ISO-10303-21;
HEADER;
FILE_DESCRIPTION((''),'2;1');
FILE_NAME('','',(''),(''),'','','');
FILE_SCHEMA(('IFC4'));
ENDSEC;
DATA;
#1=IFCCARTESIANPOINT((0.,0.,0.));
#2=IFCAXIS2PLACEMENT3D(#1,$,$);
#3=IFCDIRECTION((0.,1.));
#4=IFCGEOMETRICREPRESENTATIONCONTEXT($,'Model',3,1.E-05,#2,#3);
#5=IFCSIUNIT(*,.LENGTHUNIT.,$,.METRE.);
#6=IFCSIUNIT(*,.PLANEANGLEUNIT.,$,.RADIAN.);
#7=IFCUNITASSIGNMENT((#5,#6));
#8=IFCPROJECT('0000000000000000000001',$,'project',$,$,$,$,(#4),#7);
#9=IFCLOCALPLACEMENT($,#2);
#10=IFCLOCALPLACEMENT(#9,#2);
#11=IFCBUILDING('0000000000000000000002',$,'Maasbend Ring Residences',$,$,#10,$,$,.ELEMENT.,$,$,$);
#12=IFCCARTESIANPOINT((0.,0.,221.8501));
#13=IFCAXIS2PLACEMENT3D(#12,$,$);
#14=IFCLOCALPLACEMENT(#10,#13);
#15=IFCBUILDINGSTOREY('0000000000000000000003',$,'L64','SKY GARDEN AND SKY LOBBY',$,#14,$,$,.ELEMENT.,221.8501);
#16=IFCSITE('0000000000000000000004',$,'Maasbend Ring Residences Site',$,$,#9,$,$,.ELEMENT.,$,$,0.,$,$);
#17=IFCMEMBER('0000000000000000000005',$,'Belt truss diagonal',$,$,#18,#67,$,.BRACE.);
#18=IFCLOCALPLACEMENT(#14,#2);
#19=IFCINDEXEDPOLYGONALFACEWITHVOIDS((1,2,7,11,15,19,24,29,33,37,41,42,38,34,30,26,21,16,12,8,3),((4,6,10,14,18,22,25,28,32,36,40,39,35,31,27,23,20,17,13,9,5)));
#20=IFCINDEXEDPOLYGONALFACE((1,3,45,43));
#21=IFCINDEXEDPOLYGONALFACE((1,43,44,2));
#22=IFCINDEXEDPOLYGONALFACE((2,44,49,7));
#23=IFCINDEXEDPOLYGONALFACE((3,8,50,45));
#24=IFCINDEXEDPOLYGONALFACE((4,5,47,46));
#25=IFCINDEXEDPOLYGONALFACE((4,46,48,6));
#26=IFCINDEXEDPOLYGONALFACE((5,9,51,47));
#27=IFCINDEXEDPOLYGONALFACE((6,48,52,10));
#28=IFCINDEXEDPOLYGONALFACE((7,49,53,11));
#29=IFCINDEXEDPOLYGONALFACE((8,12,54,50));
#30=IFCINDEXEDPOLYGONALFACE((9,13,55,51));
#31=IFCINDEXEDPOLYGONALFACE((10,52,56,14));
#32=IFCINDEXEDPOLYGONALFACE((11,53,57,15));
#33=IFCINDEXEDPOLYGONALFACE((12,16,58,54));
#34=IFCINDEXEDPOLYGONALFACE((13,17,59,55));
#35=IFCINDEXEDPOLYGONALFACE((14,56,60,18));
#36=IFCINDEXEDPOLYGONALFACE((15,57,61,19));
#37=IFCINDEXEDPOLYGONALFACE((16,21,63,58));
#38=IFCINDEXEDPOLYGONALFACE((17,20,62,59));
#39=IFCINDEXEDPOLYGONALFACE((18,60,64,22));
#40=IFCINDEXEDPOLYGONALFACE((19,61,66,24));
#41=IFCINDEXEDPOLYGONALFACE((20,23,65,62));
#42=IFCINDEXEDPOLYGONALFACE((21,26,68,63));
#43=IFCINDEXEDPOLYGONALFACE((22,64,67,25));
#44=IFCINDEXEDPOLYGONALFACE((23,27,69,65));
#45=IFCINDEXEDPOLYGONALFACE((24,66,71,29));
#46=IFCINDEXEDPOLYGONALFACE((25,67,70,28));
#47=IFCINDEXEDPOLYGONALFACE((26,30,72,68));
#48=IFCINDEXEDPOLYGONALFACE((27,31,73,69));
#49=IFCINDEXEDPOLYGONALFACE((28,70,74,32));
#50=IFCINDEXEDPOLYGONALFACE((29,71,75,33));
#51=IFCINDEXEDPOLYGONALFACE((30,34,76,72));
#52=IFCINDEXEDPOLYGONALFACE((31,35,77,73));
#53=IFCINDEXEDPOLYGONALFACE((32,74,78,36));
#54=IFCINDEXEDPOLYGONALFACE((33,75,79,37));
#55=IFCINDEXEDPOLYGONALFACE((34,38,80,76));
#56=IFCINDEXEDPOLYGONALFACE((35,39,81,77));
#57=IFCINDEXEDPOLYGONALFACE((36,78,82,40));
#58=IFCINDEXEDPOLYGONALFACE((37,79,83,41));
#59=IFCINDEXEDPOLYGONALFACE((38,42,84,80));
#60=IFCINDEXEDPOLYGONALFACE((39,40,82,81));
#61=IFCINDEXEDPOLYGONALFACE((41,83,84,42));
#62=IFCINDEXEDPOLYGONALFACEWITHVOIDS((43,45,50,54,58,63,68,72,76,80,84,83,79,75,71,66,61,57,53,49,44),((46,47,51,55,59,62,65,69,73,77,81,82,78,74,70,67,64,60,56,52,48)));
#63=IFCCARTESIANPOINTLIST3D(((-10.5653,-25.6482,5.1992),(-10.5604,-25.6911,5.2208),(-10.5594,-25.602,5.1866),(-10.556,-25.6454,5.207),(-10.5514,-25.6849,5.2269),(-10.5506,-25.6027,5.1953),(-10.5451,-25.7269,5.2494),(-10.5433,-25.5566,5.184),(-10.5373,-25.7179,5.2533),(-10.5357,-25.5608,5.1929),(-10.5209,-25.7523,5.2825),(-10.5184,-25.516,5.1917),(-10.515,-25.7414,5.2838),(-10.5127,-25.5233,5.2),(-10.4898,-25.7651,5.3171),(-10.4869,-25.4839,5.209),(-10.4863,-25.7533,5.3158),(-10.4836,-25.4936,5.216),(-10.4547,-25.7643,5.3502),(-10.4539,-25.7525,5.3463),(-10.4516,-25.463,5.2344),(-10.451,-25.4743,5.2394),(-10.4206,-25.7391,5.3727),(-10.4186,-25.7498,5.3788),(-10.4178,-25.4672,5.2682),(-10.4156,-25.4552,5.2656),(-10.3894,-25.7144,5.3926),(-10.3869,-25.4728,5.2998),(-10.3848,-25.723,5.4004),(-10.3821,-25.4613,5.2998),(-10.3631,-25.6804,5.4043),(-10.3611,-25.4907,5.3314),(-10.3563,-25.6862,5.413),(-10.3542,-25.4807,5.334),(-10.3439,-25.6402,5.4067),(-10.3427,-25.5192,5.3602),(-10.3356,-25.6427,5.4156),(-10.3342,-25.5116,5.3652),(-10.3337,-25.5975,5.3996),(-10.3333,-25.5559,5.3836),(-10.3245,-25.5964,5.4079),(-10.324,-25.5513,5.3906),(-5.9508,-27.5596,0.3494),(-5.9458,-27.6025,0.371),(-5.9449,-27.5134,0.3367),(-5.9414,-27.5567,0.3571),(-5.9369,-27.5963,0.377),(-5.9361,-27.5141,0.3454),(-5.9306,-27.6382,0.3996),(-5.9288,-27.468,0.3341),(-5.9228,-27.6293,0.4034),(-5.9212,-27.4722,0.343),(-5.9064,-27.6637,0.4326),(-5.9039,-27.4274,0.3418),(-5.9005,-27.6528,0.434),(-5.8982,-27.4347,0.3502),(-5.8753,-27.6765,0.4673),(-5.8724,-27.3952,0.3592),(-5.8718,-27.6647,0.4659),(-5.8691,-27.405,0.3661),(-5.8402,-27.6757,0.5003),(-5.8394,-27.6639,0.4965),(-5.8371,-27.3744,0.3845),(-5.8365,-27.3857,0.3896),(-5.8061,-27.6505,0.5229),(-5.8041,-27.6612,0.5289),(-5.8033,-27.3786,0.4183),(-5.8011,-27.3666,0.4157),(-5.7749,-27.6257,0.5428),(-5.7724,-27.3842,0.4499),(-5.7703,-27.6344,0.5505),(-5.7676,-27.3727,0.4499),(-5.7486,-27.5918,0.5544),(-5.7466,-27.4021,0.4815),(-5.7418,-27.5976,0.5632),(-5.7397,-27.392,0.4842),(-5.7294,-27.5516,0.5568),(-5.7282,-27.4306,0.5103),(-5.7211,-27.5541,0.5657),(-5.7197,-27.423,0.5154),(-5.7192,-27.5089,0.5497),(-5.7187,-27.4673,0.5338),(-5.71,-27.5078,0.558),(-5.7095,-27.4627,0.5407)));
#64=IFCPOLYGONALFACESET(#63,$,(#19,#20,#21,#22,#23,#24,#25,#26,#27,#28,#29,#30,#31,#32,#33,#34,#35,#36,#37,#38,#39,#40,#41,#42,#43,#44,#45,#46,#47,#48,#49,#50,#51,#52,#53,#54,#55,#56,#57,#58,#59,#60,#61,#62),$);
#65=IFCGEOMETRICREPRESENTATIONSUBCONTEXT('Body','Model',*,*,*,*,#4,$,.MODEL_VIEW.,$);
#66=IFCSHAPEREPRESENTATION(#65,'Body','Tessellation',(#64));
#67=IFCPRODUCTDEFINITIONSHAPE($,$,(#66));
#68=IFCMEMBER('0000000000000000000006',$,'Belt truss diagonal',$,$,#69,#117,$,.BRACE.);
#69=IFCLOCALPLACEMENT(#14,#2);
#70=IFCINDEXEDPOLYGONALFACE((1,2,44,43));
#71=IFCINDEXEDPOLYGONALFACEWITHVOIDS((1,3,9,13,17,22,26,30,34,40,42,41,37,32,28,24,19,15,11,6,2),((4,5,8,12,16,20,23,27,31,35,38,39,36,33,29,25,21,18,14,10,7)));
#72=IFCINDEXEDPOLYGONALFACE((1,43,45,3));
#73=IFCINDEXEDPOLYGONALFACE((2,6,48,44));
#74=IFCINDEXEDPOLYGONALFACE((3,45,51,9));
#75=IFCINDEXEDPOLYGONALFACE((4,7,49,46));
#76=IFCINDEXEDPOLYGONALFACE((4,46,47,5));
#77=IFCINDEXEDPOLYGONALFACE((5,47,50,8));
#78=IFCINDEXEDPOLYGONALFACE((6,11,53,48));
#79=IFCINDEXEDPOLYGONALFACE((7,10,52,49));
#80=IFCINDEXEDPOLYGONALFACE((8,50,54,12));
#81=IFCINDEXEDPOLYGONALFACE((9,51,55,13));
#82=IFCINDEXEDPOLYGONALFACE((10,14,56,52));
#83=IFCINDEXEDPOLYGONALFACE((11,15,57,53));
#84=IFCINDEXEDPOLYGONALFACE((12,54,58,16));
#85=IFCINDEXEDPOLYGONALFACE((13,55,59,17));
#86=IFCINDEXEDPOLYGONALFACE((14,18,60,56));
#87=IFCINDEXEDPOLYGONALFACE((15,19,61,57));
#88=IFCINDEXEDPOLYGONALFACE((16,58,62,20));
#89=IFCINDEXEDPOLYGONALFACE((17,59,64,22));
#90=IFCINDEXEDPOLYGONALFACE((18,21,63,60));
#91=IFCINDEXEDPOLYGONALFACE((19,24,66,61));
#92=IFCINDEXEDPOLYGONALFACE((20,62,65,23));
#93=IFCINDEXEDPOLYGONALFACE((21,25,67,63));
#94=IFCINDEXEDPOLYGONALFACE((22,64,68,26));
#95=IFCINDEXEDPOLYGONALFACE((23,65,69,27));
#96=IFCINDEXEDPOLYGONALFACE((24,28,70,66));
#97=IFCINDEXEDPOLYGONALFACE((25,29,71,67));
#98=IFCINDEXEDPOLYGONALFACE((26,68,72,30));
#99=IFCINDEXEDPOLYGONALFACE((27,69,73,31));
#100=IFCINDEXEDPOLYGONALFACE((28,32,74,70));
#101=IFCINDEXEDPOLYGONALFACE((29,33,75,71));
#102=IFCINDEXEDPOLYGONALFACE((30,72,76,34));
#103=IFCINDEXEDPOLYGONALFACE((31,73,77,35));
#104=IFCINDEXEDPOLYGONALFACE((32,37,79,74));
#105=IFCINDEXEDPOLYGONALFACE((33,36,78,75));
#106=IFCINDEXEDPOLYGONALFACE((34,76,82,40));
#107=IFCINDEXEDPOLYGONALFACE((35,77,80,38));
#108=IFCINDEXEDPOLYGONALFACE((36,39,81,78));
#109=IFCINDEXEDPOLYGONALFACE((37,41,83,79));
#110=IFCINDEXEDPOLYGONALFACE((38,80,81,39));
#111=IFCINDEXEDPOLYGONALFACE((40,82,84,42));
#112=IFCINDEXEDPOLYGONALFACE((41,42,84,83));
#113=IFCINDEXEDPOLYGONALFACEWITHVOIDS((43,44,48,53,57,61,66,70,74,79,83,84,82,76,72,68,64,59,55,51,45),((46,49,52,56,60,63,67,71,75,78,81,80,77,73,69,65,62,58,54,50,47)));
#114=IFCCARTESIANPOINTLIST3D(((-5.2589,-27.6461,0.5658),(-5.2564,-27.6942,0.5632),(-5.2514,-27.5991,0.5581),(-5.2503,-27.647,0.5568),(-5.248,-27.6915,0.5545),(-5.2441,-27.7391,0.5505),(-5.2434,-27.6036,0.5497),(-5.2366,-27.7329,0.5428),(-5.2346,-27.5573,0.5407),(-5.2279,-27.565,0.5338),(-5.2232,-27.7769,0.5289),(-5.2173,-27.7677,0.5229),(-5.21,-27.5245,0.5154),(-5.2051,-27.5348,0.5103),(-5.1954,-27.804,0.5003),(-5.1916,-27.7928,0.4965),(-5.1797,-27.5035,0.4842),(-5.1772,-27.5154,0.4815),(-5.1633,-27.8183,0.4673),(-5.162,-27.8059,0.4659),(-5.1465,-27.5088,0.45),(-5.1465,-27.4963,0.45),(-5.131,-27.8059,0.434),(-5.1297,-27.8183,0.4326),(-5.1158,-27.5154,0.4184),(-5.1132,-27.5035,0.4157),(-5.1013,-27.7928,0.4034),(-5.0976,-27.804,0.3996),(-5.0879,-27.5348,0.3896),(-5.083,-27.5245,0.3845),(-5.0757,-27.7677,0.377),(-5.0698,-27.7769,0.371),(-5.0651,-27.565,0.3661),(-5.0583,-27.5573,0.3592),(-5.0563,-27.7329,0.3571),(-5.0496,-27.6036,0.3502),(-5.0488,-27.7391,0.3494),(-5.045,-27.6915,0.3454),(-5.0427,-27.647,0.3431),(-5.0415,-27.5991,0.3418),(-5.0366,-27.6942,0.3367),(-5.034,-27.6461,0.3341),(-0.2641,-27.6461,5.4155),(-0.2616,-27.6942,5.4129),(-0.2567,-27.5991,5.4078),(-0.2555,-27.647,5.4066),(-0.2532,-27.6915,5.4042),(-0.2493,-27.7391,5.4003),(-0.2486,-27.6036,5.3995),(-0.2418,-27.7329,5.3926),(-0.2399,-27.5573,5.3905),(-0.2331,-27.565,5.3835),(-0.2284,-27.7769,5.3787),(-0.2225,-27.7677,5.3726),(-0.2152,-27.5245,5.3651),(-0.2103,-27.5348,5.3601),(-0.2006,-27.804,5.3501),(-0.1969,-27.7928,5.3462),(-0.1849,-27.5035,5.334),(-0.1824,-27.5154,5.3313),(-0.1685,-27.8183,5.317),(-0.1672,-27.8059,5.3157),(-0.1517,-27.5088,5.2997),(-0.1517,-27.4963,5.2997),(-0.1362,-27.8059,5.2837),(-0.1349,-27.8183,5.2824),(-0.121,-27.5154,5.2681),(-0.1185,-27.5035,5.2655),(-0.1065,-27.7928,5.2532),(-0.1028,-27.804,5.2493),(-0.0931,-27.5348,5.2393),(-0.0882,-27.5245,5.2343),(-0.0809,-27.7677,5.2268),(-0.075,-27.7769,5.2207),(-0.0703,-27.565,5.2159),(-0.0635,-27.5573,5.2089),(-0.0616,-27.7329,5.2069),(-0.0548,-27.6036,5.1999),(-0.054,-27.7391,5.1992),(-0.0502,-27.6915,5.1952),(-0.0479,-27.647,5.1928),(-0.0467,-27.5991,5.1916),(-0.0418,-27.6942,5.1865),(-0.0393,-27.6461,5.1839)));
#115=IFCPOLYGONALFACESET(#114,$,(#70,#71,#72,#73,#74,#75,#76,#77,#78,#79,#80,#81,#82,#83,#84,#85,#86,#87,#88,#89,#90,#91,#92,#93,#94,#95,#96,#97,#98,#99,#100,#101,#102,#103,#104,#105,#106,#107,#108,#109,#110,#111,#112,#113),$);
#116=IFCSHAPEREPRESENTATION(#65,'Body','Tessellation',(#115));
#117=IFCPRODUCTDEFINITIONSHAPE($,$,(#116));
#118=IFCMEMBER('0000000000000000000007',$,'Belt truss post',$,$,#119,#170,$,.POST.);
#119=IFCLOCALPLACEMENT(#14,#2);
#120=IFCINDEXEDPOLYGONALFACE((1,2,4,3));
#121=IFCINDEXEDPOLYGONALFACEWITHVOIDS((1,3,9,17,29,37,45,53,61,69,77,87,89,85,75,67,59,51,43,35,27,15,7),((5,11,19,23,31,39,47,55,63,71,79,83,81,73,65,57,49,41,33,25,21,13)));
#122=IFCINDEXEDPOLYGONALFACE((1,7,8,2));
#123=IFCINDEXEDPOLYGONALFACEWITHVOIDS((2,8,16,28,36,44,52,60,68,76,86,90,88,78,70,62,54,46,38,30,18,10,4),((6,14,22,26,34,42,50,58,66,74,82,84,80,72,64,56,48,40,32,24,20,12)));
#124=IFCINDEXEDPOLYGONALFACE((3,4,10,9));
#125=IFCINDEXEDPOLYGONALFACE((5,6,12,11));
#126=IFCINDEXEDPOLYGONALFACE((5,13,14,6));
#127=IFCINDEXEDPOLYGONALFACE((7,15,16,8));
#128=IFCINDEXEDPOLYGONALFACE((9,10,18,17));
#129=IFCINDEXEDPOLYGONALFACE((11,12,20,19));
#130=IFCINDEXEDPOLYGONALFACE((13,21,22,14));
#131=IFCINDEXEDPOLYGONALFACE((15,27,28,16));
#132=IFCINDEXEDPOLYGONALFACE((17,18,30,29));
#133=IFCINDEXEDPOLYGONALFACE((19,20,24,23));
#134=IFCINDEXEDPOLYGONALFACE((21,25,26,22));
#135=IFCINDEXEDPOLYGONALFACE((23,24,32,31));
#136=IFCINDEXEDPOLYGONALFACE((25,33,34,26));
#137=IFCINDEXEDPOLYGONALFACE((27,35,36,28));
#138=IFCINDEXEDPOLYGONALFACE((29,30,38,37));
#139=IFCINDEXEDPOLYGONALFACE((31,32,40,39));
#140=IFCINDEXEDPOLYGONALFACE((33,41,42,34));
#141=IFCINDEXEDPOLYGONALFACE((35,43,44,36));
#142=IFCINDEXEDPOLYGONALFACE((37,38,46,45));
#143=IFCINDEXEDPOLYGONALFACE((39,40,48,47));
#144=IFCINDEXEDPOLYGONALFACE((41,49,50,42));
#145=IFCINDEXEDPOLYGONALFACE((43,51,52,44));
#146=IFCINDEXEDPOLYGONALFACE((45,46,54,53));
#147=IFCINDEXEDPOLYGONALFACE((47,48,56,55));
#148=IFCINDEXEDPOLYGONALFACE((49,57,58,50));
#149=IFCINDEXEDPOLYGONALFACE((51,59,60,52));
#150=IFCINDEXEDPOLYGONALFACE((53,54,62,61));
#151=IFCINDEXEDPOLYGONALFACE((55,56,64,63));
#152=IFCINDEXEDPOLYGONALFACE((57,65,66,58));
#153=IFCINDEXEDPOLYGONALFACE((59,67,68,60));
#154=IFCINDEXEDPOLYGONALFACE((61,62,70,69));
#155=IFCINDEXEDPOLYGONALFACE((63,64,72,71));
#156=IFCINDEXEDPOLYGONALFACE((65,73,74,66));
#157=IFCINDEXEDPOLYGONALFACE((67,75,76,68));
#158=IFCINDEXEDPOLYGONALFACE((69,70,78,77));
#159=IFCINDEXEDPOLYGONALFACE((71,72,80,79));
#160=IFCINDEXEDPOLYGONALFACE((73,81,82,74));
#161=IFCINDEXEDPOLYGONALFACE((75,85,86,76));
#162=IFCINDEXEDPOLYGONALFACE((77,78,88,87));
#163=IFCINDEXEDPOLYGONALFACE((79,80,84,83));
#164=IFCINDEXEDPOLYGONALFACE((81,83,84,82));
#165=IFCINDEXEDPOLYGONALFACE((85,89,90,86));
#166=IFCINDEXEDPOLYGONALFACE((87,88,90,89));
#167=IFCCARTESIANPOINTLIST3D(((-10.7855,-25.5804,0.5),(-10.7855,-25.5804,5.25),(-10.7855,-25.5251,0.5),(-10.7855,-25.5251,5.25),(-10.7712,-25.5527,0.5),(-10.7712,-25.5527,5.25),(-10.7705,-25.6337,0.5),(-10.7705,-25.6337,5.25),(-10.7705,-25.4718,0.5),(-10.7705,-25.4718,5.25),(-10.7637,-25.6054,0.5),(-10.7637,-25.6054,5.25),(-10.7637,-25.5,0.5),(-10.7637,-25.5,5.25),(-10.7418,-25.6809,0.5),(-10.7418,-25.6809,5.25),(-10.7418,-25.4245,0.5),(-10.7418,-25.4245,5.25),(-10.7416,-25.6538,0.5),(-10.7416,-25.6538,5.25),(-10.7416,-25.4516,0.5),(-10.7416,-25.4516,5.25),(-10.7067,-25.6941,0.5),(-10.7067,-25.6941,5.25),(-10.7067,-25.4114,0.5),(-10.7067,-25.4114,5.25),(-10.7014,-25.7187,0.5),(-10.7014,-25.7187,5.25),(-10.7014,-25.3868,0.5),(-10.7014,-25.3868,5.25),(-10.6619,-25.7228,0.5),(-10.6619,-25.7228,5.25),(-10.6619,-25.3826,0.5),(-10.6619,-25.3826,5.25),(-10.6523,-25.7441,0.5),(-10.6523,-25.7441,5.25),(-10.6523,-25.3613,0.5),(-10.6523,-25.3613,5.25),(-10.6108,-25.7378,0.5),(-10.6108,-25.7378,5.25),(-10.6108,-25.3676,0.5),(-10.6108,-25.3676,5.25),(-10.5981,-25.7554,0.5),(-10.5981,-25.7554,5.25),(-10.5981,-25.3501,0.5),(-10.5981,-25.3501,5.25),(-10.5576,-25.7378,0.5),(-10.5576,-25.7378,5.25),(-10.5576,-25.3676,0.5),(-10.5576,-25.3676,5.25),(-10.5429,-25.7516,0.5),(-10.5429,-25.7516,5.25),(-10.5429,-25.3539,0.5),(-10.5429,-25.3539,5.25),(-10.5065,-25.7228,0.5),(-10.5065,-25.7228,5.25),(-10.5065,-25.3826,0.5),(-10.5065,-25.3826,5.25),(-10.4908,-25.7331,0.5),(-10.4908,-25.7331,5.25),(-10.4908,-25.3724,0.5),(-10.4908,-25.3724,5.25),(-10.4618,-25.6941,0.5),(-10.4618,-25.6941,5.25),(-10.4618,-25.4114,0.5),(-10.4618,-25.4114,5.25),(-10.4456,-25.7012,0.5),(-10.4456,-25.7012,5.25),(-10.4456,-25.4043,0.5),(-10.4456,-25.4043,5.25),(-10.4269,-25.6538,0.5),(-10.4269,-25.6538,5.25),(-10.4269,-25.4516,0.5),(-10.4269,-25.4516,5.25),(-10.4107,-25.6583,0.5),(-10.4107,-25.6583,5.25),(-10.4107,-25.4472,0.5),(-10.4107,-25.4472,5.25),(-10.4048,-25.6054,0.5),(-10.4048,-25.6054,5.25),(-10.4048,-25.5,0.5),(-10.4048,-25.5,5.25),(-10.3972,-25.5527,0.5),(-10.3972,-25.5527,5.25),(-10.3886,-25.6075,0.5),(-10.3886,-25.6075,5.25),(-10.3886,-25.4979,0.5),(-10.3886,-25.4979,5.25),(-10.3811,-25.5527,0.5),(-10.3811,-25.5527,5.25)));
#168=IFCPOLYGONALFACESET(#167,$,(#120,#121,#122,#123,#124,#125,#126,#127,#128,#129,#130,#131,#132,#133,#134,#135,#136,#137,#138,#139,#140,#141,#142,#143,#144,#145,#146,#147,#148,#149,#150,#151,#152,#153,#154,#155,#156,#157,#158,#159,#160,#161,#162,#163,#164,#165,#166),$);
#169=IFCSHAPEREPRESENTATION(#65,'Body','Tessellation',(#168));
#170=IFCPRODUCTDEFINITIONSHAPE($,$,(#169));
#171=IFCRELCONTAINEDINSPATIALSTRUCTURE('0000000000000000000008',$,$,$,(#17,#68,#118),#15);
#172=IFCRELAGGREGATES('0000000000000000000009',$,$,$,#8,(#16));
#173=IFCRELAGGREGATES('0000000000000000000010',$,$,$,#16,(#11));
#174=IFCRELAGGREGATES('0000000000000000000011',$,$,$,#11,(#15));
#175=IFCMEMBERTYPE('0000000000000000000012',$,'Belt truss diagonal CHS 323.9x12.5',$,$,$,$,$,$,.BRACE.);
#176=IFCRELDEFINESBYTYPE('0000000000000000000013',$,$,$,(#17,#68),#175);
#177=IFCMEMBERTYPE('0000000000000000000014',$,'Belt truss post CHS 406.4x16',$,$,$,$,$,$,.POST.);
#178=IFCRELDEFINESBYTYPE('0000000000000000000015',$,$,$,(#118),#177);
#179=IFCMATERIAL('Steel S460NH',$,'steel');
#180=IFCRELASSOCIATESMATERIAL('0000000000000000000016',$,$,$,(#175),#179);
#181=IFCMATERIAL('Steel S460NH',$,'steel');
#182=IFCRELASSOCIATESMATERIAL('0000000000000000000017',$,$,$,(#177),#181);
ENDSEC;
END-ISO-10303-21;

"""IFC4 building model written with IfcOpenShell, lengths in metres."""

from ifc_helpers import new_model, si_unit, direction, frame, origin, origin_2d, place, context, subcontext, project, spatial, hollow_circle, extrude, material, material_profile, profile_set, type_object, element, save


model = new_model("IFC4")

# Units and contexts
model_context = context("Model", 3, precision=1e-05, world=origin(), true_north=direction((0.0, 1.0)))
body_context = subcontext(model_context, "Body", "Model", "MODEL_VIEW")
ifc_project = project(units=[si_unit("LENGTHUNIT", "METRE"), si_unit("PLANEANGLEUNIT", "RADIAN")], contexts=[model_context])

# Site, building, storey
site_placement = place(None, origin())
site = spatial("IfcSite", under=ifc_project, at=site_placement, Name="Maasbend Ring Residences Site", CompositionType="ELEMENT", RefElevation=0.0)
building_placement = place(site_placement, origin())
building = spatial("IfcBuilding", under=site, at=building_placement, Name="Maasbend Ring Residences", CompositionType="ELEMENT")
storey_placement = place(building_placement, frame((0.0, 0.0, 221.8501)))
storey = spatial("IfcBuildingStorey", under=building, at=storey_placement, Name="L64", Description="SKY GARDEN AND SKY LOBBY", CompositionType="ELEMENT", Elevation=221.8501)

# Members
ifc_material_1 = material(Name="Steel S460NH", Category="steel")
ifc_material_profile_1 = material_profile(ifc_material_1, hollow_circle(Radius=0.1619, WallThickness=0.0125, at=origin_2d()), Name="Belt truss diagonal CHS 323.9x12.5")
ifc_profile_set_1 = profile_set([ifc_material_profile_1], Name="Steel S460NH")
member_type_1 = type_object("IfcMemberType", Name="Belt truss diagonal CHS 323.9x12.5", PredefinedType="BRACE", material=ifc_profile_set_1)
for number, where, z_axis, x_axis, name in (
    (1, (-10.4441, -25.6108, 5.2998), (0.662822, -0.274548, -0.696628), (0.382681, 0.92388, 0.0), "Belt truss diagonal"),
    (2, (-5.1465, -27.6582, 0.45), (0.717445, 0.0, 0.696615), (0.0, 1.0, 0.0), "Belt truss diagonal"),
):
    element("IfcMember", number, at=place(storey_placement, frame(where, z_axis=z_axis, x_axis=x_axis)), inside=storey, type_object=member_type_1, Name=name, PredefinedType="BRACE", context=body_context, shape_type="SweptSolid", body=[
        extrude(hollow_circle(Radius=0.1619, WallThickness=0.0125, at=origin_2d()), origin(), (0.0, 0.0, 1.0), 6.9619),
    ])
ifc_material_2 = material(Name="Steel S460NH", Category="steel")
ifc_material_profile_2 = material_profile(ifc_material_2, hollow_circle(Radius=0.2031, WallThickness=0.0161, at=origin_2d()), Name="Belt truss post CHS 406.4x16")
ifc_profile_set_2 = profile_set([ifc_material_profile_2], Name="Steel S460NH")
member_type_2 = type_object("IfcMemberType", Name="Belt truss post CHS 406.4x16", PredefinedType="POST", material=ifc_profile_set_2)
for number, where, z_axis, x_axis, name in (
    (3, (-10.5842, -25.5527, 0.5), (0.0, 0.0, 1.0), (1.0, 0.0, 0.0), "Belt truss post"),
):
    element("IfcMember", number, at=place(storey_placement, frame(where, z_axis=z_axis, x_axis=x_axis)), inside=storey, type_object=member_type_2, Name=name, PredefinedType="POST", context=body_context, shape_type="SweptSolid", body=[
        extrude(hollow_circle(Radius=0.2031, WallThickness=0.0161, at=origin_2d()), origin(), (0.0, 0.0, 1.0), 4.75),
    ])

save(model, "model.ifc")
